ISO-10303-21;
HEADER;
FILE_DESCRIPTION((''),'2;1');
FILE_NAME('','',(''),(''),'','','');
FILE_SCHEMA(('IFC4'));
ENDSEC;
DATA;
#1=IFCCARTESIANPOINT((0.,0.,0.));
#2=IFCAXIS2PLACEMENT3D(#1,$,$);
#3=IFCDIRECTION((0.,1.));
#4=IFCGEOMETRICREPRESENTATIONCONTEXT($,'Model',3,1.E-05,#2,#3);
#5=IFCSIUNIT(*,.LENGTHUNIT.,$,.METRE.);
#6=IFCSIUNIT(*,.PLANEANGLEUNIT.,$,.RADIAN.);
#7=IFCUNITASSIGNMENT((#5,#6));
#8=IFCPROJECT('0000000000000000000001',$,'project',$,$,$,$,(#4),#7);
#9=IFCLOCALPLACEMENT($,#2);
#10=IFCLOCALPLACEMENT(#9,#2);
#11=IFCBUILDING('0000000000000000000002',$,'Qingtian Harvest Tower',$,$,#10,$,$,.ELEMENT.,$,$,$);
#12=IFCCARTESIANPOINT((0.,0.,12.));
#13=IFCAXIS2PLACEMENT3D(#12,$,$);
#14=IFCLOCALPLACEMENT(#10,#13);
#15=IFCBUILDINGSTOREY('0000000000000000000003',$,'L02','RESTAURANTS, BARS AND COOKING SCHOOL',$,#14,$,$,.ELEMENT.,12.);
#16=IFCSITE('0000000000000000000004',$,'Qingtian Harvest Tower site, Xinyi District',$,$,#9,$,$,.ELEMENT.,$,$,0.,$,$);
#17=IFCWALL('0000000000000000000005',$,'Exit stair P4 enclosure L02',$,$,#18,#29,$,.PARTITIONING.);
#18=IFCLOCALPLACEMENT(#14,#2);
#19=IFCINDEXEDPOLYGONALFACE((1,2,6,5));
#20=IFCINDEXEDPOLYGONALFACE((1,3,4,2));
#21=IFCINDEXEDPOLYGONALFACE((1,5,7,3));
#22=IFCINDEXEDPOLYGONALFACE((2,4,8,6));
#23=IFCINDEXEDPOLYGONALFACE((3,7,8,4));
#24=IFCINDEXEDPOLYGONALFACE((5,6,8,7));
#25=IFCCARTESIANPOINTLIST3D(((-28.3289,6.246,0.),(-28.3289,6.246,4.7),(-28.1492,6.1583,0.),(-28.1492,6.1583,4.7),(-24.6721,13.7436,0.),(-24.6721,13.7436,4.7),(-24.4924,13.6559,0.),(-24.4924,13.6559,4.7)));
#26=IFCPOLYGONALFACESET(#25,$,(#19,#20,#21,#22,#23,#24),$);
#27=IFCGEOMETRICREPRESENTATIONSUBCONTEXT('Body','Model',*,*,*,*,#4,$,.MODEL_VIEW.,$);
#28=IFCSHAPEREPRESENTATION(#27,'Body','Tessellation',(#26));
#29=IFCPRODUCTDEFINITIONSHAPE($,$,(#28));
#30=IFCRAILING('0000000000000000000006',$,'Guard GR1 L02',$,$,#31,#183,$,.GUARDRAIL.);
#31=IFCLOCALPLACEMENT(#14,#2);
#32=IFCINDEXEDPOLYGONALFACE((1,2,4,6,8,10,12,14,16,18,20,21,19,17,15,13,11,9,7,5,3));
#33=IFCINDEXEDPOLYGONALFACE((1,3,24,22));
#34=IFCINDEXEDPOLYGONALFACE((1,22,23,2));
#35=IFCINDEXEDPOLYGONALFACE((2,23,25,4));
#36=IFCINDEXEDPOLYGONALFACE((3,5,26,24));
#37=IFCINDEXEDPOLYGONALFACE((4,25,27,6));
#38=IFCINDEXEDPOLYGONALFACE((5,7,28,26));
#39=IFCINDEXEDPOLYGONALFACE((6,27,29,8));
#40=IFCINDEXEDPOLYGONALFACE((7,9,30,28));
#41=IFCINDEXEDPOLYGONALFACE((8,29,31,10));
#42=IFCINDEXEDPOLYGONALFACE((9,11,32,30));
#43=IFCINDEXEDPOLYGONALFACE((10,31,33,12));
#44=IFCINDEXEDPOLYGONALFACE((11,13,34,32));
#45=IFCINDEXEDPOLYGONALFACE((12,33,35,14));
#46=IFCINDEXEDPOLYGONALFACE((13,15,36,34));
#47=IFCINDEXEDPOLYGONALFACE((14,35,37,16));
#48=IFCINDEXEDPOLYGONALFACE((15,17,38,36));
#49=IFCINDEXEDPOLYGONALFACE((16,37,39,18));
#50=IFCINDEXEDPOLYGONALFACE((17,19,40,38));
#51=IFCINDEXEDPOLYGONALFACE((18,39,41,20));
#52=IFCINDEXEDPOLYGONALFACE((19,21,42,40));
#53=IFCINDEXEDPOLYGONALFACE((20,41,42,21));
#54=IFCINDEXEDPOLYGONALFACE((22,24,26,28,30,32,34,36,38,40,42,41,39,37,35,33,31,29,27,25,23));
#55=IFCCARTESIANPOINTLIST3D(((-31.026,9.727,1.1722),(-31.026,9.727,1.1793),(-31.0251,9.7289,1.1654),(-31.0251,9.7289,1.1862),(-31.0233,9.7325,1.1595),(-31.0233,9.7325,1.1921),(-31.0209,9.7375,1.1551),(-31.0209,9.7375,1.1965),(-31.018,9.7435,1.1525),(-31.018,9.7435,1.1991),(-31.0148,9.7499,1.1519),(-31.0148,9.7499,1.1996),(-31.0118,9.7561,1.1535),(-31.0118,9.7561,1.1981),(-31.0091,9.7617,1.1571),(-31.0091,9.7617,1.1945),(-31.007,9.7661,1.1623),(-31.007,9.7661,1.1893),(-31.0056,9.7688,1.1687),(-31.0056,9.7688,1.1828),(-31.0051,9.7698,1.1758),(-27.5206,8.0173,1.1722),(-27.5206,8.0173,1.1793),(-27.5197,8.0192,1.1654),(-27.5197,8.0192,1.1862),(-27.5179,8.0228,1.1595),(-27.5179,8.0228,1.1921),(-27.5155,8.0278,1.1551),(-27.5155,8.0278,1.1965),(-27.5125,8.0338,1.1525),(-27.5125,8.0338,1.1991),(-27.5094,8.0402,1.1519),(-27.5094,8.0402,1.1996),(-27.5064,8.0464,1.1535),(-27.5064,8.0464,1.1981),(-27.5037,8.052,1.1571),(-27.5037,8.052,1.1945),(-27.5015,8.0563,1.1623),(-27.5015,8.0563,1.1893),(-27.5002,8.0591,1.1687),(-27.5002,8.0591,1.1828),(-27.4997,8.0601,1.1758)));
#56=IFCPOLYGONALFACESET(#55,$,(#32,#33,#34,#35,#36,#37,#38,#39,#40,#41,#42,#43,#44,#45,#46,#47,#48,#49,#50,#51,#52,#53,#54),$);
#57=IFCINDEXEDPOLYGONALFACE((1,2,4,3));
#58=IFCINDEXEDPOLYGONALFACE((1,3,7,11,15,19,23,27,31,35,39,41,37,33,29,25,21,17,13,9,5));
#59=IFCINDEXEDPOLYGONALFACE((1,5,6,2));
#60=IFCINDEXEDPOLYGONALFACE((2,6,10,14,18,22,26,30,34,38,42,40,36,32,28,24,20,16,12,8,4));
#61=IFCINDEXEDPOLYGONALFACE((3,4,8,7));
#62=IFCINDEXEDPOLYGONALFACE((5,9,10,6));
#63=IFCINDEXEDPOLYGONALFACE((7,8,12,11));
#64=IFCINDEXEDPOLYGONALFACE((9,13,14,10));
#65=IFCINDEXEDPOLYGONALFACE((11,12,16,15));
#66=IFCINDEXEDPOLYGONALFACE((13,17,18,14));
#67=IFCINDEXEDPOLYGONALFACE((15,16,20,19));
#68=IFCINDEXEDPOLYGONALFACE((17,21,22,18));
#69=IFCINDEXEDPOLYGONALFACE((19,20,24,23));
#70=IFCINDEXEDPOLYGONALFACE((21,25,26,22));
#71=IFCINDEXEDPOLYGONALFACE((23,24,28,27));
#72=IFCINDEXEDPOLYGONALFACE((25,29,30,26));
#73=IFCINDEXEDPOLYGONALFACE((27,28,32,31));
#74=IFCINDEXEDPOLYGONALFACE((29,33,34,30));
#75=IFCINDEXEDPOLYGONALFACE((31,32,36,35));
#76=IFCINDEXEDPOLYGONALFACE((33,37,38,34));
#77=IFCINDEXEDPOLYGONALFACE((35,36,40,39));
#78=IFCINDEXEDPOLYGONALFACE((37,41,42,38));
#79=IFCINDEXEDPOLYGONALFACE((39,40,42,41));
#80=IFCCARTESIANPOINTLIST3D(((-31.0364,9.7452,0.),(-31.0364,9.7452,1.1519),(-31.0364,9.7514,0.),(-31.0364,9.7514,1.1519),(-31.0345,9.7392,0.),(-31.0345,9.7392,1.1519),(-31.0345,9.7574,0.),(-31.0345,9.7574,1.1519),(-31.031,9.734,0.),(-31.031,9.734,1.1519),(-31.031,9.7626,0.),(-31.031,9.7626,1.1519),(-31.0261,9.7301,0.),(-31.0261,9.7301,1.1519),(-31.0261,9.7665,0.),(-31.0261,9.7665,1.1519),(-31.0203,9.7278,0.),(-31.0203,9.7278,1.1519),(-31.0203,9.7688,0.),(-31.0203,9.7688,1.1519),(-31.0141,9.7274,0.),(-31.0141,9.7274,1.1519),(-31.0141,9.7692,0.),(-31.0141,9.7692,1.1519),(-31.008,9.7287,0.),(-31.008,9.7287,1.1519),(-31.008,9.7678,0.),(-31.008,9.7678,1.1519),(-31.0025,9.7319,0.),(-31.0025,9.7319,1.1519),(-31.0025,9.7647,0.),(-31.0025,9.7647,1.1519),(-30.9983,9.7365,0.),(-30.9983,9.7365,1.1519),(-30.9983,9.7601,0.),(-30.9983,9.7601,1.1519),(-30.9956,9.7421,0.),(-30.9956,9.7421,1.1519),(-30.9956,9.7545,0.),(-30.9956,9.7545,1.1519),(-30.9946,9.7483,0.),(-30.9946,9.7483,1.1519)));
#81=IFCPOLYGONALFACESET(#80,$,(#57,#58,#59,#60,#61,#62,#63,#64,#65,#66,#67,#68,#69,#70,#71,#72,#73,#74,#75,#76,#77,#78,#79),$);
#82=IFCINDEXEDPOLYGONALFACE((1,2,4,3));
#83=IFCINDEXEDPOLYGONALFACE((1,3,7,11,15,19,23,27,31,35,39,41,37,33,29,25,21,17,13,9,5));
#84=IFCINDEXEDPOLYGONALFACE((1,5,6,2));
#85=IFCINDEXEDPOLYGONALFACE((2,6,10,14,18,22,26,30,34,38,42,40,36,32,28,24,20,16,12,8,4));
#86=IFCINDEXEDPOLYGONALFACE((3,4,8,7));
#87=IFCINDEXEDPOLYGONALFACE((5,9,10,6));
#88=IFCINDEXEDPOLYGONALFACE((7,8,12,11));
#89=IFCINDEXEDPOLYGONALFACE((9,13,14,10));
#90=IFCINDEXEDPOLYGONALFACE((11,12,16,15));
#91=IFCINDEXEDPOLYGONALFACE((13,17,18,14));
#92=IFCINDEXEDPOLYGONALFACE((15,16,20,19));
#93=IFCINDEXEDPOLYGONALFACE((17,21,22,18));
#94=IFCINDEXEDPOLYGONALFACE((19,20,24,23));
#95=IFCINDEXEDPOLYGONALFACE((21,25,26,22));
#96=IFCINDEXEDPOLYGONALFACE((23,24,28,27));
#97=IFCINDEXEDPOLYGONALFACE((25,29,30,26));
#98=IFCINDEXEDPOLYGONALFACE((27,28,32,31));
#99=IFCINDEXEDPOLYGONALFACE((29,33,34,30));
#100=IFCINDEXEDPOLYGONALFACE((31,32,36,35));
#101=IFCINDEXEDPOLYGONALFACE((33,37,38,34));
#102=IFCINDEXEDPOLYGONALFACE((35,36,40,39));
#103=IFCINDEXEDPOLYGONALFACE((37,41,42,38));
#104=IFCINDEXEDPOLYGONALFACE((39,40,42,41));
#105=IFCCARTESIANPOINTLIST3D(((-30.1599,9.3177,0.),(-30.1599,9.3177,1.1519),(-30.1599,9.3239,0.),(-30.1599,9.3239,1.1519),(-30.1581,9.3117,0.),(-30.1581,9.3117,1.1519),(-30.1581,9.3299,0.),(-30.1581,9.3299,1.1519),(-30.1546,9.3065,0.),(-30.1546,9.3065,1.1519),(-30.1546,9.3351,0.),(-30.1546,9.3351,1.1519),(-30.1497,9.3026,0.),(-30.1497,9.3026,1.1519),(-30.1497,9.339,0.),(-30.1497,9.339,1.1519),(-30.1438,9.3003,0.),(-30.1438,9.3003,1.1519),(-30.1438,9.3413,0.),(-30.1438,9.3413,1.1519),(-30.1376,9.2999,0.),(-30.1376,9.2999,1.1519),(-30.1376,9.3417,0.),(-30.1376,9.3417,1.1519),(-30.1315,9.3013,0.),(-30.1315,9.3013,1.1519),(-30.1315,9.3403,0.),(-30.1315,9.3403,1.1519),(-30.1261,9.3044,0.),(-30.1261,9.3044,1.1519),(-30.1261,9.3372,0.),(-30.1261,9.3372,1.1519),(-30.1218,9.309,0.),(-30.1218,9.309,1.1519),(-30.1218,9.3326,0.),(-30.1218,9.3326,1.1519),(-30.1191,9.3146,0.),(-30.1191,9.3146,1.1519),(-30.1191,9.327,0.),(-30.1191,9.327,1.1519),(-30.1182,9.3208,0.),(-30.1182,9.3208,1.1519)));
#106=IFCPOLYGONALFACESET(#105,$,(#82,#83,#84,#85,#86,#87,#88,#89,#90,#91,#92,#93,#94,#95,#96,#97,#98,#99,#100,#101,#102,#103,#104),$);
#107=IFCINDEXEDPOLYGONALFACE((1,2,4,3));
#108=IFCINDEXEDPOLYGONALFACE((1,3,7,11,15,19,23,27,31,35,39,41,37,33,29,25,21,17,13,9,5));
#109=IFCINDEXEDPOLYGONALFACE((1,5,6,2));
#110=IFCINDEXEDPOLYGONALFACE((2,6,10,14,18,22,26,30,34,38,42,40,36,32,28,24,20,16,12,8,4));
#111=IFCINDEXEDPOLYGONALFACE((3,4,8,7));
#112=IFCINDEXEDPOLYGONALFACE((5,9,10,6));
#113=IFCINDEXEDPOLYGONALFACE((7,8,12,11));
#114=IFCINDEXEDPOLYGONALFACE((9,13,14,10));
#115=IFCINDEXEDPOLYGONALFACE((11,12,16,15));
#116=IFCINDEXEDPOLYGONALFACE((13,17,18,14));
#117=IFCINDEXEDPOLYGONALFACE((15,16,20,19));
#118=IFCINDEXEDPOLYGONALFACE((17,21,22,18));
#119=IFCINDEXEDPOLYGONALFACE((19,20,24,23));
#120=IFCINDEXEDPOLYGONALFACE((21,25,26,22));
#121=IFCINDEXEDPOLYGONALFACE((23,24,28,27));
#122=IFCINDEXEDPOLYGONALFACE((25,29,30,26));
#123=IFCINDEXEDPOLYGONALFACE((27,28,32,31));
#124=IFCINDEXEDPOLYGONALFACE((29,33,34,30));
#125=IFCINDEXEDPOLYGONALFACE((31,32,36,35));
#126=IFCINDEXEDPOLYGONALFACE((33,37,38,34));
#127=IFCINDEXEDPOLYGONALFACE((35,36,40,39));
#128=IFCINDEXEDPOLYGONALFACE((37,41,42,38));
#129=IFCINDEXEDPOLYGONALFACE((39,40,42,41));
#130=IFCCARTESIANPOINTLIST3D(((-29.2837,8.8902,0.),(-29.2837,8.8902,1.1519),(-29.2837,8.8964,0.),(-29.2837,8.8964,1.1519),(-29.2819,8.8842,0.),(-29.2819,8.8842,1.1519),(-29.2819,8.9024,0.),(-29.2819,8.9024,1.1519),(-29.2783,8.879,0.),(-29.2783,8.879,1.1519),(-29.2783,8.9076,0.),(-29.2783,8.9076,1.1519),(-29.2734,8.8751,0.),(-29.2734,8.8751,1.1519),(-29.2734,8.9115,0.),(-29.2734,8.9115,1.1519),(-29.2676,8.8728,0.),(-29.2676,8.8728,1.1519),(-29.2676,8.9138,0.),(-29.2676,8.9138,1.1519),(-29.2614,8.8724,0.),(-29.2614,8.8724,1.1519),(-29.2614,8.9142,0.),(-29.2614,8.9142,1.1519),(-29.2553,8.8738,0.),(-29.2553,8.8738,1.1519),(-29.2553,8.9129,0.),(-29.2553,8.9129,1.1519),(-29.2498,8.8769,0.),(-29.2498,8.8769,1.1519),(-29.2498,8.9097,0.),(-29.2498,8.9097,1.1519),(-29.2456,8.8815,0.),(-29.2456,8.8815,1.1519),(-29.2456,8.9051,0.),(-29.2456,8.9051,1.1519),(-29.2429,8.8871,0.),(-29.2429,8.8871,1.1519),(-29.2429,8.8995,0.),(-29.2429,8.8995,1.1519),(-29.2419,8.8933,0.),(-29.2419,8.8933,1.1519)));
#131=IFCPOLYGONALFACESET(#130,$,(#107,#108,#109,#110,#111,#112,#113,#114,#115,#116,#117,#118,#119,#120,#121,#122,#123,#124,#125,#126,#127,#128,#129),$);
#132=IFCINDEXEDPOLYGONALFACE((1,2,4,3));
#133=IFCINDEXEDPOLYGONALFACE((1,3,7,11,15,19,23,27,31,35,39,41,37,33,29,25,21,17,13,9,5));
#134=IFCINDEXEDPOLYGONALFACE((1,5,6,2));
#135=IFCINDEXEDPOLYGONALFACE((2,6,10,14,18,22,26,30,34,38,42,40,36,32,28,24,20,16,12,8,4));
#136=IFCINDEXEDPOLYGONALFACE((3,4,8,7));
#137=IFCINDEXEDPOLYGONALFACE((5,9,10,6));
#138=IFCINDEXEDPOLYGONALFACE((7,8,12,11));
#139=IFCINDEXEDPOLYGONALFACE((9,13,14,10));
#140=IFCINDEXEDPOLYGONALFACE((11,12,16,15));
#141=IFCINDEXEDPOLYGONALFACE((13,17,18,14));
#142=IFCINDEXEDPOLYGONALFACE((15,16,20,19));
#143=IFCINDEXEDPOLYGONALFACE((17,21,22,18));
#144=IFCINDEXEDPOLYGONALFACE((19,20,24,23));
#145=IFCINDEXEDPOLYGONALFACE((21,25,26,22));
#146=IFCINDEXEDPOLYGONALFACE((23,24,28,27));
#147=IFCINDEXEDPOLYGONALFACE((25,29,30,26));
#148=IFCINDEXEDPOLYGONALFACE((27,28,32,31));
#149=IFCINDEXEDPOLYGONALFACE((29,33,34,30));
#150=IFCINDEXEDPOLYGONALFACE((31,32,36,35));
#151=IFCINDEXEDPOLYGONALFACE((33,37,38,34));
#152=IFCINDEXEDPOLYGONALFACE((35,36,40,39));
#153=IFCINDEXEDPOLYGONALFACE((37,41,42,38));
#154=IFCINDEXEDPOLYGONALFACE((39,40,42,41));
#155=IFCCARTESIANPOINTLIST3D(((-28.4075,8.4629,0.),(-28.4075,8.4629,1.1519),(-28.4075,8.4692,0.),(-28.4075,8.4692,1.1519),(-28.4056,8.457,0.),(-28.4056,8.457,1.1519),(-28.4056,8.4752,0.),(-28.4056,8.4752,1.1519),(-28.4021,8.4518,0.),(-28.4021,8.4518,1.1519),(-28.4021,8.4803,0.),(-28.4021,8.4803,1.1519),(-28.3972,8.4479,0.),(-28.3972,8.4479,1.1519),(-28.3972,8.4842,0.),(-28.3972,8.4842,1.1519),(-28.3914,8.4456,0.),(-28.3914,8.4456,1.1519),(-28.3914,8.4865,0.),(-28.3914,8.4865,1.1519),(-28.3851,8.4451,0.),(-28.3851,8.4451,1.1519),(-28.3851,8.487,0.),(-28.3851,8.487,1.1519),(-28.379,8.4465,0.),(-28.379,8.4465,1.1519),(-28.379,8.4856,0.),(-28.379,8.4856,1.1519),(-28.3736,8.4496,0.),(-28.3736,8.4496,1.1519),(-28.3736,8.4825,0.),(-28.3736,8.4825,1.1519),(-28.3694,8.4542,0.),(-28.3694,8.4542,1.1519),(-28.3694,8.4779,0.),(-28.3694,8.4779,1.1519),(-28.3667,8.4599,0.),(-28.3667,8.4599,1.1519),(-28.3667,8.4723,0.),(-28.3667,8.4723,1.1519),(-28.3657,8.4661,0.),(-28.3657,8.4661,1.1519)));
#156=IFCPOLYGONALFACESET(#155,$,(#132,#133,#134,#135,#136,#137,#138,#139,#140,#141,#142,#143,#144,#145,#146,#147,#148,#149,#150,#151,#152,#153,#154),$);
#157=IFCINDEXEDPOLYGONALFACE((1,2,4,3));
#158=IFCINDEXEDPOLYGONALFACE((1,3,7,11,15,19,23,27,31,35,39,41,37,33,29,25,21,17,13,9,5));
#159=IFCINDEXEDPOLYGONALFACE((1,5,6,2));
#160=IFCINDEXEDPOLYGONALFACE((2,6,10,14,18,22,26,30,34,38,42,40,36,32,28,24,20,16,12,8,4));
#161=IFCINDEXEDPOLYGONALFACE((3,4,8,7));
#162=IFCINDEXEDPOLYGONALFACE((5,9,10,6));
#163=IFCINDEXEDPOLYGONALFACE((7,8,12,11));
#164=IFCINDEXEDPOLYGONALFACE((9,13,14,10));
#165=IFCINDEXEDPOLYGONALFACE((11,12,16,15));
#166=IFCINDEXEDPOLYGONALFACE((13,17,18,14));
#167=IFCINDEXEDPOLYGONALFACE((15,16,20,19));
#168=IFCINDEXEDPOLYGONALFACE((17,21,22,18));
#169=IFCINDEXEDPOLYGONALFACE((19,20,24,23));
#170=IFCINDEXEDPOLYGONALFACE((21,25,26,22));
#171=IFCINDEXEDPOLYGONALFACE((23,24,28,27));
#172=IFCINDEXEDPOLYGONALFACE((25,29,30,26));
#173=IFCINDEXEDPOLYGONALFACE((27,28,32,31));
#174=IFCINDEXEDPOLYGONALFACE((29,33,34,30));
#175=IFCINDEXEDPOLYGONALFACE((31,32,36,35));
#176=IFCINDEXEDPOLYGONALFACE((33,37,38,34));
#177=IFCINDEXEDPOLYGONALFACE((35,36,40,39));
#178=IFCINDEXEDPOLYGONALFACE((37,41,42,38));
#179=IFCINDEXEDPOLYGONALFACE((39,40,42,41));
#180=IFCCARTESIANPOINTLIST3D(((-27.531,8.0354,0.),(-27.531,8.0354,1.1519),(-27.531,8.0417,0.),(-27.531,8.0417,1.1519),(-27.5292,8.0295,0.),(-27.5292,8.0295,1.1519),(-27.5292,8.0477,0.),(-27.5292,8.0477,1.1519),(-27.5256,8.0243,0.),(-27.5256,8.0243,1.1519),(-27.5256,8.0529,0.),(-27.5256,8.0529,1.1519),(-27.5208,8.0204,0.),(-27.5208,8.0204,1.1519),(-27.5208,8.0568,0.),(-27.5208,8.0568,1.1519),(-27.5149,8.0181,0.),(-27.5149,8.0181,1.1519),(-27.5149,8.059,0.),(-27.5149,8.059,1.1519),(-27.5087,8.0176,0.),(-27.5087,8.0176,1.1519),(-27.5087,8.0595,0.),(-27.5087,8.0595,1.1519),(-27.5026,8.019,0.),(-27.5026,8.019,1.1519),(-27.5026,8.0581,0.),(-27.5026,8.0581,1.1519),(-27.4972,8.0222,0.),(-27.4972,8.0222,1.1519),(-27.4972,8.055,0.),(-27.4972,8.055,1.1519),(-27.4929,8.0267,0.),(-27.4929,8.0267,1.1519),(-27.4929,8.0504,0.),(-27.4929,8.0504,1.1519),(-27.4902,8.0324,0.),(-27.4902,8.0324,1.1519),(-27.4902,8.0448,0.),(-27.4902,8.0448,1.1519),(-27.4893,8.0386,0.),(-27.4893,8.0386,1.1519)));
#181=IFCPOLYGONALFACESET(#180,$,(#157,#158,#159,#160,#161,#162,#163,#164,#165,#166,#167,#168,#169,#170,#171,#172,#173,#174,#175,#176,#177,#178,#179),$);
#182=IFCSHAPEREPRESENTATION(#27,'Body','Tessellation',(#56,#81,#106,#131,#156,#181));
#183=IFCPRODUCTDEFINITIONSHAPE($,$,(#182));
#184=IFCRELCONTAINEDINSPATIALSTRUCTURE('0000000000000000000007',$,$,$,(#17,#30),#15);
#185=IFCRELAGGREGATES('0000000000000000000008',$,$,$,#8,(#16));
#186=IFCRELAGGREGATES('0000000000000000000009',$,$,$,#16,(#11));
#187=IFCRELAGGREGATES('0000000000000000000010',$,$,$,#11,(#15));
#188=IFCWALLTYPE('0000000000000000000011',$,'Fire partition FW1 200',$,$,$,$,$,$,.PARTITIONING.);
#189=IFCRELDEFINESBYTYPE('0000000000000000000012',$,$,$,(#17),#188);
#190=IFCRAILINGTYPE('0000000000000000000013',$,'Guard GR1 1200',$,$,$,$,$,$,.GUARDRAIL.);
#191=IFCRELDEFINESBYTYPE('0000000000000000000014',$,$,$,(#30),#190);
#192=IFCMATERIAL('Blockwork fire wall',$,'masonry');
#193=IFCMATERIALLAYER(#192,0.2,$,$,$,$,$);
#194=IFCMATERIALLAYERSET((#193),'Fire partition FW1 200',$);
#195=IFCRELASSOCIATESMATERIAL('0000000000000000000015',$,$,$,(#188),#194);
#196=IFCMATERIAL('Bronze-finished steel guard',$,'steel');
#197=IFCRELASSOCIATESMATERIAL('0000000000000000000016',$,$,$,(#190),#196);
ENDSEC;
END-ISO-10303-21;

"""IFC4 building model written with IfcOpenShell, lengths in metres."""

from ifc_helpers import new_model, si_unit, direction, frame, frame_2d, origin, origin_2d, place, context, subcontext, project, spatial, rectangle, circle, extrude, material, layer, layer_set, type_object, element, save


model = new_model("IFC4")

# Units and contexts
model_context = context("Model", 3, precision=1e-05, world=origin(), true_north=direction((0.0, 1.0)))
body_context = subcontext(model_context, "Body", "Model", "MODEL_VIEW")
ifc_project = project(units=[si_unit("LENGTHUNIT", "METRE"), si_unit("PLANEANGLEUNIT", "RADIAN")], contexts=[model_context])

# Site, building, storey
site_placement = place(None, origin())
site = spatial("IfcSite", under=ifc_project, at=site_placement, Name="Qingtian Harvest Tower site, Xinyi District", CompositionType="ELEMENT", RefElevation=0.0)
building_placement = place(site_placement, origin())
building = spatial("IfcBuilding", under=site, at=building_placement, Name="Qingtian Harvest Tower", CompositionType="ELEMENT")
storey_placement = place(building_placement, frame((0.0, 0.0, 12.0)))
storey = spatial("IfcBuildingStorey", under=building, at=storey_placement, Name="L02", Description="RESTAURANTS, BARS AND COOKING SCHOOL", CompositionType="ELEMENT", Elevation=12.0)

# Shared definitions
ifc_material_1 = material(Name="Blockwork fire wall", Category="masonry")
ifc_layer_1 = layer(ifc_material_1, 0.2)
ifc_layer_set_1 = layer_set([ifc_layer_1], Name="Fire partition FW1 200")
wall_type_1 = type_object("IfcWallType", Name="Fire partition FW1 200", PredefinedType="PARTITIONING", material=ifc_layer_set_1)

# Wall
wall_1_placement = place(storey_placement, frame((-28.239, 6.2021, 0.0), z_axis=(0.0, 0.0, 1.0), x_axis=(0.438365, 0.898797, 0.0)))
element("IfcWall", 1, at=wall_1_placement, inside=storey, type_object=wall_type_1, Name="Exit stair P4 enclosure L02", PredefinedType="PARTITIONING", context=body_context, shape_type="SweptSolid", body=[
    extrude(rectangle(XDim=8.3418, YDim=0.2, at=frame_2d((4.1709, 0.0))), origin(), (0.0, 0.0, 1.0), 4.7),
])

# Railing
ifc_material_2 = material(Name="Bronze-finished steel guard", Category="steel")
railing_type = type_object("IfcRailingType", Name="Guard GR1 1200", PredefinedType="GUARDRAIL", material=ifc_material_2)
railing_placement = place(storey_placement, frame((-31.0156, 9.7483, 0.0)))
element("IfcRailing", 2, at=railing_placement, inside=storey, type_object=railing_type, Name="Guard GR1 L02", PredefinedType="GUARDRAIL", context=body_context, shape_type="SweptSolid", body=[
    extrude(circle(Radius=0.0239, at=origin_2d()), frame((0.0, 0.0, 1.1758), z_axis=(0.898791, -0.438378, 0.0), x_axis=(0.438378, 0.898791, 0.0)), (0.0, 0.0, 1.0), 3.9001),
    extrude(circle(Radius=0.021, at=origin_2d()), origin(), (0.0, 0.0, 1.0), 1.1519),
    extrude(circle(Radius=0.021, at=origin_2d()), frame((0.8765, -0.4275, 0.0)), (0.0, 0.0, 1.0), 1.1519),
    extrude(circle(Radius=0.021, at=origin_2d()), frame((1.7527, -0.855, 0.0)), (0.0, 0.0, 1.0), 1.1519),
    extrude(circle(Radius=0.021, at=origin_2d()), frame((2.6289, -1.2822, 0.0)), (0.0, 0.0, 1.0), 1.1519),
    extrude(circle(Radius=0.021, at=origin_2d()), frame((3.5054, -1.7097, 0.0)), (0.0, 0.0, 1.0), 1.1519),
])

save(model, "model.ifc")
